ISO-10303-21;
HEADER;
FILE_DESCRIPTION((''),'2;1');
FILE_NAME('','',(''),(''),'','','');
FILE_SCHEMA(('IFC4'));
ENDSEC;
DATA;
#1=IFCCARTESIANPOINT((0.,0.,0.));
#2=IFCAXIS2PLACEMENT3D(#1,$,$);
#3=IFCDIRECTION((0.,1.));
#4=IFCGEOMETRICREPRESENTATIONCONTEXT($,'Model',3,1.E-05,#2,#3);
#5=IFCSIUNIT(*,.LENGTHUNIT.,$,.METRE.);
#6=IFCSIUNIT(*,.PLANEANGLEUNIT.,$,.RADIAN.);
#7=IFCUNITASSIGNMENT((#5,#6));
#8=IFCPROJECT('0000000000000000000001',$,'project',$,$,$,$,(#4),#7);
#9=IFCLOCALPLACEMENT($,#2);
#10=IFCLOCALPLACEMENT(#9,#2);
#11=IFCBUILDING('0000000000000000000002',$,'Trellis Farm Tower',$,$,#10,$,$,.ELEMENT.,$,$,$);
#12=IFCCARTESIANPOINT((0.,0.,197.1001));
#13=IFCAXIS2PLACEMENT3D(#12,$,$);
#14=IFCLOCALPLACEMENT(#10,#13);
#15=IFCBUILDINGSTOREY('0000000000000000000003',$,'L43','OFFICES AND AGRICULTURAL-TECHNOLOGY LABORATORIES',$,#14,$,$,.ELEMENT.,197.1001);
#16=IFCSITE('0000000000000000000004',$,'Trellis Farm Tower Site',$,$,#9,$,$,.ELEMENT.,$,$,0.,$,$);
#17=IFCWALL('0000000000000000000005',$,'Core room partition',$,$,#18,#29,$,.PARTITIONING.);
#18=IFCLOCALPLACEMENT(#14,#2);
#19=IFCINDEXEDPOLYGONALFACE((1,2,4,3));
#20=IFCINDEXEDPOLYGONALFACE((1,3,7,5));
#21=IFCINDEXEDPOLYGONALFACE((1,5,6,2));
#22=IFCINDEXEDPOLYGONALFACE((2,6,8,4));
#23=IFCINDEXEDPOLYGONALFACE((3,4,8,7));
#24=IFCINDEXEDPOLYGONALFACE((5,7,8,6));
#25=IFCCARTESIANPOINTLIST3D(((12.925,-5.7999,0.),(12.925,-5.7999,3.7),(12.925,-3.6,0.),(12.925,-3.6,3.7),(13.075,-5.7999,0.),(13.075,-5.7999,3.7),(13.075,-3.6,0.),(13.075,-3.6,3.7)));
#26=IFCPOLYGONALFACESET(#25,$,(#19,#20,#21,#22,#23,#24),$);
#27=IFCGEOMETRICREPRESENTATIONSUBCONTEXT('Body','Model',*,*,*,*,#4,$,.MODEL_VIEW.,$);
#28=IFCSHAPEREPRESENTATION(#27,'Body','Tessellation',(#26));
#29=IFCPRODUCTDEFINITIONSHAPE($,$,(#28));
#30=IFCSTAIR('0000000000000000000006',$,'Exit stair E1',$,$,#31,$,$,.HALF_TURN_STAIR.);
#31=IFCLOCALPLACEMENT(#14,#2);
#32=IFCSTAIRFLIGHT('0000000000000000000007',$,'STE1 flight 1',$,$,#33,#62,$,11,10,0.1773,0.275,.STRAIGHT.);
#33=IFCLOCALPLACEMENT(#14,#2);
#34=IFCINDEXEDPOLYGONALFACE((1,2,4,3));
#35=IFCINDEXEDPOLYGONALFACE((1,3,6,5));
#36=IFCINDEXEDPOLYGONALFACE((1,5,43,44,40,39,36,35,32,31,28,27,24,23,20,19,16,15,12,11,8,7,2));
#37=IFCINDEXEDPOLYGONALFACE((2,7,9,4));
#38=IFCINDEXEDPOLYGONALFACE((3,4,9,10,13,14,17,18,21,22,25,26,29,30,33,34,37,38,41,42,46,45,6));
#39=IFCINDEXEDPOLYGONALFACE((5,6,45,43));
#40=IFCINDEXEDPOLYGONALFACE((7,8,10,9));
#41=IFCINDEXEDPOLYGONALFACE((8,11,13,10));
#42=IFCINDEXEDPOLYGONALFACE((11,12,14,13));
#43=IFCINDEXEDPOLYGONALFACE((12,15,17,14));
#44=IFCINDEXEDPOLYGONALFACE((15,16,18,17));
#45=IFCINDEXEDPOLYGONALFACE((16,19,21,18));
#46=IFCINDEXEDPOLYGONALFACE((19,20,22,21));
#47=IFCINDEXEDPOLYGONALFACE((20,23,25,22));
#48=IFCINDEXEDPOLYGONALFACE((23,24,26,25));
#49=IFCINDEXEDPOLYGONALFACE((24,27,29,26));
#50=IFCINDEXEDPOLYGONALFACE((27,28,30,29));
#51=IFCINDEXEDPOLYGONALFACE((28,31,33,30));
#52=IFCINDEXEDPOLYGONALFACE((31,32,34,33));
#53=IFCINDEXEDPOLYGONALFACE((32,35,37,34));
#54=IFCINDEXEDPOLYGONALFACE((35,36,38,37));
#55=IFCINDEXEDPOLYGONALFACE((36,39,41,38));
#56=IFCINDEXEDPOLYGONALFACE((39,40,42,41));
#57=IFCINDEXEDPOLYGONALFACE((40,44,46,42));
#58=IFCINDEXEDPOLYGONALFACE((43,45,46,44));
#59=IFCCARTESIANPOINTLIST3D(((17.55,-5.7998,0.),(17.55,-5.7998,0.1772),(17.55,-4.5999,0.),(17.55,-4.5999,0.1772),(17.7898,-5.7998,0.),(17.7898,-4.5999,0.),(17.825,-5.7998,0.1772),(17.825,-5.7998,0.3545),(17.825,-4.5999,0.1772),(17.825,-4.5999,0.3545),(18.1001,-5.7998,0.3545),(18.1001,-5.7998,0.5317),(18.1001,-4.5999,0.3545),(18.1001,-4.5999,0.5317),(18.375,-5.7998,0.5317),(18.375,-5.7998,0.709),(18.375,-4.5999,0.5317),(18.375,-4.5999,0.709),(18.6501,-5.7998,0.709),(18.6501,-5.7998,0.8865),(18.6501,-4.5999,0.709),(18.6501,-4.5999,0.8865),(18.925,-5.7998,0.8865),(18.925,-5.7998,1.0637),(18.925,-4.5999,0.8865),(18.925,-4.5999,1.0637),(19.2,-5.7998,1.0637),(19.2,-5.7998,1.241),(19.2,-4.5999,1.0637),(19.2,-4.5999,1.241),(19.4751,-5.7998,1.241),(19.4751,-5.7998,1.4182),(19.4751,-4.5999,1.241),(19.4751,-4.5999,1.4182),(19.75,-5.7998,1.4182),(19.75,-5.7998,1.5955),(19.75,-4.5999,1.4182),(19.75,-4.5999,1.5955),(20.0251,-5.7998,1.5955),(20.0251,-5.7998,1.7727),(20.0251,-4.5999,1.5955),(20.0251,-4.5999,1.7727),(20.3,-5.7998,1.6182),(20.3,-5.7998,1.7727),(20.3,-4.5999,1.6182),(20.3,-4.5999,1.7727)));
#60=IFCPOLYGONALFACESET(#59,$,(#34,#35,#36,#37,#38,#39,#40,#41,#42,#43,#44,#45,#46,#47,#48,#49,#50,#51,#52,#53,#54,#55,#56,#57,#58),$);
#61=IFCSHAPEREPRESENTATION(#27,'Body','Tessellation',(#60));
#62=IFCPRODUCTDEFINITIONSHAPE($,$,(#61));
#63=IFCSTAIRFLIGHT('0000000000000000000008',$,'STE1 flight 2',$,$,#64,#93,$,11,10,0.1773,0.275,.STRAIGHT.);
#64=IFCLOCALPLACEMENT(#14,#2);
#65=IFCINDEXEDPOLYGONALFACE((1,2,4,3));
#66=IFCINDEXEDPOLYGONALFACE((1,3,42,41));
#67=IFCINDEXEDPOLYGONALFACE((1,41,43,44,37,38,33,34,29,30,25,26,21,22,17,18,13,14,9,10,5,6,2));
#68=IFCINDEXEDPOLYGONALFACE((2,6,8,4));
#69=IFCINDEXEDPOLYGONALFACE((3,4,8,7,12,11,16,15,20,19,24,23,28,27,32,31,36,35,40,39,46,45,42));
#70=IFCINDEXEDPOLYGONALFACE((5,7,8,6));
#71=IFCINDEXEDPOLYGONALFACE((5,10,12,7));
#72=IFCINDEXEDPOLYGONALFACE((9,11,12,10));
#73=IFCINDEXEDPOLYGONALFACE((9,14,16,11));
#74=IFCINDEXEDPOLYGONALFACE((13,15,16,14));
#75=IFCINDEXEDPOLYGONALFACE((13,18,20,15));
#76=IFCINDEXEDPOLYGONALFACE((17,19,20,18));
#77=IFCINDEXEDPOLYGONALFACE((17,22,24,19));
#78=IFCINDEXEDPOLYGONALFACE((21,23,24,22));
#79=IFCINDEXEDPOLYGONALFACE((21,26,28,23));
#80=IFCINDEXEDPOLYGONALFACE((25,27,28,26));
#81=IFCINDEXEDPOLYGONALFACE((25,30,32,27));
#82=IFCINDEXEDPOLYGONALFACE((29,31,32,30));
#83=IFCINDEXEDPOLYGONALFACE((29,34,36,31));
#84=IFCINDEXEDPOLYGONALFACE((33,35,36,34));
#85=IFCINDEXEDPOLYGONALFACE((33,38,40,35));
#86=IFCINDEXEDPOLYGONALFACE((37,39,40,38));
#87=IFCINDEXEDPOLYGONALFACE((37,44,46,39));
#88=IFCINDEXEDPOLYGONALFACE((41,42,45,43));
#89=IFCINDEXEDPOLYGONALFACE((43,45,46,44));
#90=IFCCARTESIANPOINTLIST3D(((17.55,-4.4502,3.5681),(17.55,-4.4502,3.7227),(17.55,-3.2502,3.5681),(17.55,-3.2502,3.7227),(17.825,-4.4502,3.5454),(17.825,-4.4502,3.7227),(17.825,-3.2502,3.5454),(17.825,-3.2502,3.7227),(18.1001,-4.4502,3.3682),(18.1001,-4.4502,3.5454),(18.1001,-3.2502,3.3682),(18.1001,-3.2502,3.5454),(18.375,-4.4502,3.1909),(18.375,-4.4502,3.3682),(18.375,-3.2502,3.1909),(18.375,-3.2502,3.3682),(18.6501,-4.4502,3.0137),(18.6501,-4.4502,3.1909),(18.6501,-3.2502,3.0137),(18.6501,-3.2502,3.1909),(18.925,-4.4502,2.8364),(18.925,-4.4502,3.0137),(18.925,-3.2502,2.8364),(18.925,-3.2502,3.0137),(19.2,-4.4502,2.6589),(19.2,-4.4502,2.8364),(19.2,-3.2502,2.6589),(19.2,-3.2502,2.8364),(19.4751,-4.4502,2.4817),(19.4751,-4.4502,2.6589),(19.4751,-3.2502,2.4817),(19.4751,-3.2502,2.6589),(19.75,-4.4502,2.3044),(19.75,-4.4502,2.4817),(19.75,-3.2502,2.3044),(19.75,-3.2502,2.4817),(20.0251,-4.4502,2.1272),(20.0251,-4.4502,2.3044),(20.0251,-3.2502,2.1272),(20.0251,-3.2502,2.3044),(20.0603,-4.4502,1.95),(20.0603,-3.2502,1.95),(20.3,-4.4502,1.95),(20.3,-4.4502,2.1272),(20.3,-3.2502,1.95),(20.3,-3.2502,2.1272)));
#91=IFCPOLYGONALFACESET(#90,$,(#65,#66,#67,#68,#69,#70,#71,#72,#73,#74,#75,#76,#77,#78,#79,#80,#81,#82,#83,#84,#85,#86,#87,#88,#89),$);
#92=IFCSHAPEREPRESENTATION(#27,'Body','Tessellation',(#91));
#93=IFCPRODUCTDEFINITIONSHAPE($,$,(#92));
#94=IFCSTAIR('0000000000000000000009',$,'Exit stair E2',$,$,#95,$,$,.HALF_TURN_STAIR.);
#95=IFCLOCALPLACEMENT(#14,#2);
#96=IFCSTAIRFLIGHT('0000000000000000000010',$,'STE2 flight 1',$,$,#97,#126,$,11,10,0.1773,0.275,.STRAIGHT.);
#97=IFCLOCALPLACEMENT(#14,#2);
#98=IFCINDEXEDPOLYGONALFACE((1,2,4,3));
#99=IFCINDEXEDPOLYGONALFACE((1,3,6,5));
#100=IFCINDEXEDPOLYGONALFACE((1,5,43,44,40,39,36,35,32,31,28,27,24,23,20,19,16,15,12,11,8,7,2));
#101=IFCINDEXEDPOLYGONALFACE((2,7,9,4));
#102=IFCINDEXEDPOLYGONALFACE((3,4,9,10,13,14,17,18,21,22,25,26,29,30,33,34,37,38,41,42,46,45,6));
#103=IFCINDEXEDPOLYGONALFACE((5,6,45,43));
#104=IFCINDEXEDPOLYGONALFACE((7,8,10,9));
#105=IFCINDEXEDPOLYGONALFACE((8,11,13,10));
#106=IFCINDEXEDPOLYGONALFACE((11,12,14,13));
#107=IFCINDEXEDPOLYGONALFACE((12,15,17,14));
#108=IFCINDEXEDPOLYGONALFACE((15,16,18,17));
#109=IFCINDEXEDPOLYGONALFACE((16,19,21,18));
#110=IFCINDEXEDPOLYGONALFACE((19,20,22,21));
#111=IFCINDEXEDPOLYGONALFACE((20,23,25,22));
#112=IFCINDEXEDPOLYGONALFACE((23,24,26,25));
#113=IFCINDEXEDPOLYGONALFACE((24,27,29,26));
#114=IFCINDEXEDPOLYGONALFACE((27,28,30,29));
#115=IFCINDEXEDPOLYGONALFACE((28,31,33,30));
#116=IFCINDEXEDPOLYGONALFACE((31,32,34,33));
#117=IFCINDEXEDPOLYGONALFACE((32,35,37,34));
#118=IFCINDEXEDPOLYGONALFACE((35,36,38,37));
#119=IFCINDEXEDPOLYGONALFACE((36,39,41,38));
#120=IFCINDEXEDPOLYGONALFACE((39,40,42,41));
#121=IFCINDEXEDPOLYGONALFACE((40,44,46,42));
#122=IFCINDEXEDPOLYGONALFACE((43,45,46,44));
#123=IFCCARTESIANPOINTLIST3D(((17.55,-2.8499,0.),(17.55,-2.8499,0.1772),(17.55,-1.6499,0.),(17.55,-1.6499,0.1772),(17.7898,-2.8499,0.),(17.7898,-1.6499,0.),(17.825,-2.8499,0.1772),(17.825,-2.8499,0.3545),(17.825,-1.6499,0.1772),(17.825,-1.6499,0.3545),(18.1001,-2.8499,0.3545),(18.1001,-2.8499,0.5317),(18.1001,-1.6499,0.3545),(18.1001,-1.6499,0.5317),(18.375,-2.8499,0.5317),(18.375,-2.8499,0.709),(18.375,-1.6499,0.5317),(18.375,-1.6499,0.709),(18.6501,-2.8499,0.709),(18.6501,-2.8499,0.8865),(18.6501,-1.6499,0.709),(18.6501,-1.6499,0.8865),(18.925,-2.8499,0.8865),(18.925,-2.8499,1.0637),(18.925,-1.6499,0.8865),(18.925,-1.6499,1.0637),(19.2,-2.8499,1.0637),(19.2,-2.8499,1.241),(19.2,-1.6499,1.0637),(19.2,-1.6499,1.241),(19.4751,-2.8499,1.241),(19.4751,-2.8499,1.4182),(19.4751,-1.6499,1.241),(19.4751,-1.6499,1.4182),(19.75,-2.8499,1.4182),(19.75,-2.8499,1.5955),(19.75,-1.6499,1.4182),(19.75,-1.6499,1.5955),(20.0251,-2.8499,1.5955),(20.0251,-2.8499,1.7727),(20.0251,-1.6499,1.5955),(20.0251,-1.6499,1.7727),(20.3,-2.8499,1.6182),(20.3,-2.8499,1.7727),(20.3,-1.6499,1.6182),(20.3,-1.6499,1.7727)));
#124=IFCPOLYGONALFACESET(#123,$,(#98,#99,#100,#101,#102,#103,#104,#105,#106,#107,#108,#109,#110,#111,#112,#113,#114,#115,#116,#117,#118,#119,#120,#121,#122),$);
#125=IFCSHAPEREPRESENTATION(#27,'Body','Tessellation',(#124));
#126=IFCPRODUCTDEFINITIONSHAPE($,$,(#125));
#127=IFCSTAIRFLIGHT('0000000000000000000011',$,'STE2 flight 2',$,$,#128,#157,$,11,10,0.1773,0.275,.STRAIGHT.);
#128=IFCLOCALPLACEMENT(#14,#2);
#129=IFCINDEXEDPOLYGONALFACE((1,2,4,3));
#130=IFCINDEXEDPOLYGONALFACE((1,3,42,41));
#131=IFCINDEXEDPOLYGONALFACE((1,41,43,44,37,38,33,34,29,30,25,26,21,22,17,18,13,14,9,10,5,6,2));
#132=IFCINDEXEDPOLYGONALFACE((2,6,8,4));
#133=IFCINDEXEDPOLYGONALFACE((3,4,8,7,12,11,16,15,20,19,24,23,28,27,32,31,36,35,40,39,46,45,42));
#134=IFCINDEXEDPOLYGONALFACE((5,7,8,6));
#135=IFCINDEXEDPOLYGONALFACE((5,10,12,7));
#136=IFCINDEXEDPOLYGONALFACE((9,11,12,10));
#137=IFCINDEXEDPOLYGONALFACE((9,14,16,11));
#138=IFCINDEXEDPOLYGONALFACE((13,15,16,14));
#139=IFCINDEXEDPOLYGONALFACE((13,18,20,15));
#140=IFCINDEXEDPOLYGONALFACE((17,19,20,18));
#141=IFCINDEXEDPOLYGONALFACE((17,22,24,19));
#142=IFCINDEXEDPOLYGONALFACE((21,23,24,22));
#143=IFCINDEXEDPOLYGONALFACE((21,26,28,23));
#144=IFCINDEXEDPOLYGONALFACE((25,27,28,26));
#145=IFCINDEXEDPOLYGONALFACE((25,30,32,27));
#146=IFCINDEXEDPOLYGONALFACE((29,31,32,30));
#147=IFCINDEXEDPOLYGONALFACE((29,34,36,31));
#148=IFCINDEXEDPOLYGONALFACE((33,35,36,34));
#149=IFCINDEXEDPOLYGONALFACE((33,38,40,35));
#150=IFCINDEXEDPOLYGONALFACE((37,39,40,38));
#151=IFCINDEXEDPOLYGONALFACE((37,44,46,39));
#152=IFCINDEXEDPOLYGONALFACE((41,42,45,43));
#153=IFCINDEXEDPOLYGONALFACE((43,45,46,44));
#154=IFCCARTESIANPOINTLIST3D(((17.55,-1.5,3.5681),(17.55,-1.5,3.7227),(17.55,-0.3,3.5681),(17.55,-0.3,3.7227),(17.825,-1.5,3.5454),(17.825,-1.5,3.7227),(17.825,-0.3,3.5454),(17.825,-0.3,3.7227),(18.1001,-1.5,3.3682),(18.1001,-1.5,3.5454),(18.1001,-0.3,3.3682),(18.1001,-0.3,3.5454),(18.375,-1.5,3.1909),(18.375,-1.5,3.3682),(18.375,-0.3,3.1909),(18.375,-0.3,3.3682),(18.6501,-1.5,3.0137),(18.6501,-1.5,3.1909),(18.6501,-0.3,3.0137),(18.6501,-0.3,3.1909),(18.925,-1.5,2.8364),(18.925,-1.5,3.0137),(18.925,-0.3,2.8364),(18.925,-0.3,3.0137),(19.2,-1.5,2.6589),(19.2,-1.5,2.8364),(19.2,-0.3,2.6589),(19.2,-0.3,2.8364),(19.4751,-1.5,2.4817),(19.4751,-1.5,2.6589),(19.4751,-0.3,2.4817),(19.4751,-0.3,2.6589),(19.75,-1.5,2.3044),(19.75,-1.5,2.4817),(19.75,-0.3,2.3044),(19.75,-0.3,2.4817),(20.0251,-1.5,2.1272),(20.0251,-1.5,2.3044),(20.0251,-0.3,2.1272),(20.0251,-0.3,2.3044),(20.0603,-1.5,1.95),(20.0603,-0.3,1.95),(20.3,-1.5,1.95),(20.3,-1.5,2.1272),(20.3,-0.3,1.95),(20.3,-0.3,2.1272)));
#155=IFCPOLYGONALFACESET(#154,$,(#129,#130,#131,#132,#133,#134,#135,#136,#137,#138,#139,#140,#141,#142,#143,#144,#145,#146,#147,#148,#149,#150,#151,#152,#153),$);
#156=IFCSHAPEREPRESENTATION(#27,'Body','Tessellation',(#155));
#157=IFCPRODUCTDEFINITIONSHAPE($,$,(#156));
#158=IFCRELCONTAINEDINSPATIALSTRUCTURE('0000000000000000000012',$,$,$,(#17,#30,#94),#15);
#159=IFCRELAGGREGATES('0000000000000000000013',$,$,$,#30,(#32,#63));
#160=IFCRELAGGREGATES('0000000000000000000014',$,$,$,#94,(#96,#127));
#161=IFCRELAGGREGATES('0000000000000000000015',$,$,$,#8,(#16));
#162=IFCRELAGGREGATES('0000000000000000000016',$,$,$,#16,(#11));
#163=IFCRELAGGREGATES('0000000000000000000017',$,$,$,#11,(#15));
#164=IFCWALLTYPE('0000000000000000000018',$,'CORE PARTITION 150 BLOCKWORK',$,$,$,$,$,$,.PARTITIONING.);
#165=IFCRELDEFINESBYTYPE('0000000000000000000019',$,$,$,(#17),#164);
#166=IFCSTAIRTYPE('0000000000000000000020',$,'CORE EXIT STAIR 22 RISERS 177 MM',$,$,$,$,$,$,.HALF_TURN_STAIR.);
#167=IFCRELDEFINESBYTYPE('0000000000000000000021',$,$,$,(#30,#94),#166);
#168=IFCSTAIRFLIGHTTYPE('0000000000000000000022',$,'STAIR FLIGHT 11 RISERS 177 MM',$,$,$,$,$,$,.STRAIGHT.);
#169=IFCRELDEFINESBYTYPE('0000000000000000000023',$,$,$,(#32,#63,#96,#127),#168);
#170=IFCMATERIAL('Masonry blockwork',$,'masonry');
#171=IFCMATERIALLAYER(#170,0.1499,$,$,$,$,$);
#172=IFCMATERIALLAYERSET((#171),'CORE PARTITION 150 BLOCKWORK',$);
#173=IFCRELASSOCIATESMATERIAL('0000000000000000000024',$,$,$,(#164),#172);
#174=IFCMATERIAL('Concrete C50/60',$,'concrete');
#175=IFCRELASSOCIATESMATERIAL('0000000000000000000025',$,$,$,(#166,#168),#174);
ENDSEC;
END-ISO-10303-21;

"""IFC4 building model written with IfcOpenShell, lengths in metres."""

from ifc_helpers import new_model, si_unit, direction, frame, frame_2d, origin, place, context, subcontext, project, spatial, polyline, rectangle, outline, extrude, source, transform, mapped, material, layer, layer_set, type_object, element, aggregate, save


model = new_model("IFC4")

# Units and contexts
model_context = context("Model", 3, precision=1e-05, world=origin(), true_north=direction((0.0, 1.0)))
body_context = subcontext(model_context, "Body", "Model", "MODEL_VIEW")
ifc_project = project(units=[si_unit("LENGTHUNIT", "METRE"), si_unit("PLANEANGLEUNIT", "RADIAN")], contexts=[model_context])

# Site, building, storey
site_placement = place(None, origin())
site = spatial("IfcSite", under=ifc_project, at=site_placement, Name="Trellis Farm Tower Site", CompositionType="ELEMENT", RefElevation=0.0)
building_placement = place(site_placement, origin())
building = spatial("IfcBuilding", under=site, at=building_placement, Name="Trellis Farm Tower", CompositionType="ELEMENT")
storey_placement = place(building_placement, frame((0.0, 0.0, 197.1001)))
storey = spatial("IfcBuildingStorey", under=building, at=storey_placement, Name="L43", Description="OFFICES AND AGRICULTURAL-TECHNOLOGY LABORATORIES", CompositionType="ELEMENT", Elevation=197.1001)

# Shared definitions
placement = place(storey_placement, origin())

# Wall
ifc_material_1 = material(Name="Masonry blockwork", Category="masonry")
ifc_layer_1 = layer(ifc_material_1, 0.1499)
ifc_layer_set_1 = layer_set([ifc_layer_1], Name="CORE PARTITION 150 BLOCKWORK")
wall_type_1 = type_object("IfcWallType", Name="CORE PARTITION 150 BLOCKWORK", PredefinedType="PARTITIONING", material=ifc_layer_set_1)
shared_shape_1 = source(origin(), body_context, "Body", "SweptSolid", [
    extrude(rectangle(XDim=2.2, YDim=0.1499, at=frame_2d((1.1001, 0.0))), origin(), (0.0, 0.0, 1.0), 3.7),
])
for number, where, z_axis, x_axis, name in (
    (1, (13.0, -5.8, 0.0), (0.0, 0.0, 1.0), (0.0, 1.0, 0.0), "Core room partition"),
):
    element("IfcWall", number, at=place(storey_placement, frame(where, z_axis=z_axis, x_axis=x_axis)), inside=storey, type_object=wall_type_1, Name=name, PredefinedType="PARTITIONING", context=body_context, shape_type="MappedRepresentation", body=[
        mapped(shared_shape_1, transform((0.0, 0.0, 0.0))),
    ])

# Stairs, stair flights
ifc_material_2 = material(Name="Concrete C50/60", Category="concrete")
stair_type = type_object("IfcStairType", Name="CORE EXIT STAIR 22 RISERS 177 MM", PredefinedType="HALF_TURN_STAIR", material=ifc_material_2)
stair_1 = element("IfcStair", 2, at=placement, inside=storey, type_object=stair_type, Name="Exit stair E1", PredefinedType="HALF_TURN_STAIR")
stair_flight_type = type_object("IfcStairFlightType", Name="STAIR FLIGHT 11 RISERS 177 MM", PredefinedType="STRAIGHT", material=ifc_material_2)
shared_shape_2 = source(origin(), body_context, "Body", "SweptSolid", [
    extrude(outline(polyline([(0.0, 0.0), (0.0, 0.1772), (0.2749, 0.1772), (0.2749, 0.3545), (0.55, 0.3545), (0.55, 0.5317), (0.825, 0.5317), (0.825, 0.709), (1.1001, 0.709), (1.1001, 0.8865), (1.375, 0.8865), (1.375, 1.0637), (1.6499, 1.0637), (1.6499, 1.241), (1.925, 1.241), (1.925, 1.4182), (2.2, 1.4182), (2.2, 1.5955), (2.4751, 1.5955), (2.4751, 1.7727), (2.75, 1.7727), (2.75, 1.95), (2.75, 1.6182), (0.2397, 0.0), (0.0, 0.0)])), frame((0.0, 0.6001, 0.0), z_axis=(0.0, -1.0, 0.0), x_axis=(1.0, 0.0, 0.0)), (0.0, 0.0, 1.0), 1.2),
])
stair_flight_1_placement = place(storey_placement, frame((17.55, -5.2, 0.0), z_axis=(0.0, 0.0, 1.0), x_axis=(1.0, 0.0, 0.0)))
stair_flight_1 = element("IfcStairFlight", 3, at=stair_flight_1_placement, type_object=stair_flight_type, Name="STE1 flight 1", NumberOfRisers=11, NumberOfTreads=10, PredefinedType="STRAIGHT", RiserHeight=0.1773, TreadLength=0.275, context=body_context, shape_type="MappedRepresentation", body=[
    mapped(shared_shape_2, transform((0.0, 0.0, 0.0))),
])
stair_flight_2_placement = place(storey_placement, frame((20.3, -3.8501, 1.95), z_axis=(0.0, 0.0, 1.0), x_axis=(-1.0, 0.0, 0.0)))
stair_flight_2 = element("IfcStairFlight", 4, at=stair_flight_2_placement, type_object=stair_flight_type, Name="STE1 flight 2", NumberOfRisers=11, NumberOfTreads=10, PredefinedType="STRAIGHT", RiserHeight=0.1773, TreadLength=0.275, context=body_context, shape_type="MappedRepresentation", body=[
    mapped(shared_shape_2, transform((0.0, 0.0, 0.0))),
])
aggregate(stair_1, [stair_flight_1, stair_flight_2])
stair_2 = element("IfcStair", 5, at=placement, inside=storey, type_object=stair_type, Name="Exit stair E2", PredefinedType="HALF_TURN_STAIR")
stair_flight_3_placement = place(storey_placement, frame((17.55, -2.25, 0.0), z_axis=(0.0, 0.0, 1.0), x_axis=(1.0, 0.0, 0.0)))
stair_flight_3 = element("IfcStairFlight", 6, at=stair_flight_3_placement, type_object=stair_flight_type, Name="STE2 flight 1", NumberOfRisers=11, NumberOfTreads=10, PredefinedType="STRAIGHT", RiserHeight=0.1773, TreadLength=0.275, context=body_context, shape_type="MappedRepresentation", body=[
    mapped(shared_shape_2, transform((0.0, 0.0, 0.0))),
])
stair_flight_4_placement = place(storey_placement, frame((20.3, -0.8999, 1.95), z_axis=(0.0, 0.0, 1.0), x_axis=(-1.0, 0.0, 0.0)))
stair_flight_4 = element("IfcStairFlight", 7, at=stair_flight_4_placement, type_object=stair_flight_type, Name="STE2 flight 2", NumberOfRisers=11, NumberOfTreads=10, PredefinedType="STRAIGHT", RiserHeight=0.1773, TreadLength=0.275, context=body_context, shape_type="MappedRepresentation", body=[
    mapped(shared_shape_2, transform((0.0, 0.0, 0.0))),
])
aggregate(stair_2, [stair_flight_3, stair_flight_4])

save(model, "model.ifc")
